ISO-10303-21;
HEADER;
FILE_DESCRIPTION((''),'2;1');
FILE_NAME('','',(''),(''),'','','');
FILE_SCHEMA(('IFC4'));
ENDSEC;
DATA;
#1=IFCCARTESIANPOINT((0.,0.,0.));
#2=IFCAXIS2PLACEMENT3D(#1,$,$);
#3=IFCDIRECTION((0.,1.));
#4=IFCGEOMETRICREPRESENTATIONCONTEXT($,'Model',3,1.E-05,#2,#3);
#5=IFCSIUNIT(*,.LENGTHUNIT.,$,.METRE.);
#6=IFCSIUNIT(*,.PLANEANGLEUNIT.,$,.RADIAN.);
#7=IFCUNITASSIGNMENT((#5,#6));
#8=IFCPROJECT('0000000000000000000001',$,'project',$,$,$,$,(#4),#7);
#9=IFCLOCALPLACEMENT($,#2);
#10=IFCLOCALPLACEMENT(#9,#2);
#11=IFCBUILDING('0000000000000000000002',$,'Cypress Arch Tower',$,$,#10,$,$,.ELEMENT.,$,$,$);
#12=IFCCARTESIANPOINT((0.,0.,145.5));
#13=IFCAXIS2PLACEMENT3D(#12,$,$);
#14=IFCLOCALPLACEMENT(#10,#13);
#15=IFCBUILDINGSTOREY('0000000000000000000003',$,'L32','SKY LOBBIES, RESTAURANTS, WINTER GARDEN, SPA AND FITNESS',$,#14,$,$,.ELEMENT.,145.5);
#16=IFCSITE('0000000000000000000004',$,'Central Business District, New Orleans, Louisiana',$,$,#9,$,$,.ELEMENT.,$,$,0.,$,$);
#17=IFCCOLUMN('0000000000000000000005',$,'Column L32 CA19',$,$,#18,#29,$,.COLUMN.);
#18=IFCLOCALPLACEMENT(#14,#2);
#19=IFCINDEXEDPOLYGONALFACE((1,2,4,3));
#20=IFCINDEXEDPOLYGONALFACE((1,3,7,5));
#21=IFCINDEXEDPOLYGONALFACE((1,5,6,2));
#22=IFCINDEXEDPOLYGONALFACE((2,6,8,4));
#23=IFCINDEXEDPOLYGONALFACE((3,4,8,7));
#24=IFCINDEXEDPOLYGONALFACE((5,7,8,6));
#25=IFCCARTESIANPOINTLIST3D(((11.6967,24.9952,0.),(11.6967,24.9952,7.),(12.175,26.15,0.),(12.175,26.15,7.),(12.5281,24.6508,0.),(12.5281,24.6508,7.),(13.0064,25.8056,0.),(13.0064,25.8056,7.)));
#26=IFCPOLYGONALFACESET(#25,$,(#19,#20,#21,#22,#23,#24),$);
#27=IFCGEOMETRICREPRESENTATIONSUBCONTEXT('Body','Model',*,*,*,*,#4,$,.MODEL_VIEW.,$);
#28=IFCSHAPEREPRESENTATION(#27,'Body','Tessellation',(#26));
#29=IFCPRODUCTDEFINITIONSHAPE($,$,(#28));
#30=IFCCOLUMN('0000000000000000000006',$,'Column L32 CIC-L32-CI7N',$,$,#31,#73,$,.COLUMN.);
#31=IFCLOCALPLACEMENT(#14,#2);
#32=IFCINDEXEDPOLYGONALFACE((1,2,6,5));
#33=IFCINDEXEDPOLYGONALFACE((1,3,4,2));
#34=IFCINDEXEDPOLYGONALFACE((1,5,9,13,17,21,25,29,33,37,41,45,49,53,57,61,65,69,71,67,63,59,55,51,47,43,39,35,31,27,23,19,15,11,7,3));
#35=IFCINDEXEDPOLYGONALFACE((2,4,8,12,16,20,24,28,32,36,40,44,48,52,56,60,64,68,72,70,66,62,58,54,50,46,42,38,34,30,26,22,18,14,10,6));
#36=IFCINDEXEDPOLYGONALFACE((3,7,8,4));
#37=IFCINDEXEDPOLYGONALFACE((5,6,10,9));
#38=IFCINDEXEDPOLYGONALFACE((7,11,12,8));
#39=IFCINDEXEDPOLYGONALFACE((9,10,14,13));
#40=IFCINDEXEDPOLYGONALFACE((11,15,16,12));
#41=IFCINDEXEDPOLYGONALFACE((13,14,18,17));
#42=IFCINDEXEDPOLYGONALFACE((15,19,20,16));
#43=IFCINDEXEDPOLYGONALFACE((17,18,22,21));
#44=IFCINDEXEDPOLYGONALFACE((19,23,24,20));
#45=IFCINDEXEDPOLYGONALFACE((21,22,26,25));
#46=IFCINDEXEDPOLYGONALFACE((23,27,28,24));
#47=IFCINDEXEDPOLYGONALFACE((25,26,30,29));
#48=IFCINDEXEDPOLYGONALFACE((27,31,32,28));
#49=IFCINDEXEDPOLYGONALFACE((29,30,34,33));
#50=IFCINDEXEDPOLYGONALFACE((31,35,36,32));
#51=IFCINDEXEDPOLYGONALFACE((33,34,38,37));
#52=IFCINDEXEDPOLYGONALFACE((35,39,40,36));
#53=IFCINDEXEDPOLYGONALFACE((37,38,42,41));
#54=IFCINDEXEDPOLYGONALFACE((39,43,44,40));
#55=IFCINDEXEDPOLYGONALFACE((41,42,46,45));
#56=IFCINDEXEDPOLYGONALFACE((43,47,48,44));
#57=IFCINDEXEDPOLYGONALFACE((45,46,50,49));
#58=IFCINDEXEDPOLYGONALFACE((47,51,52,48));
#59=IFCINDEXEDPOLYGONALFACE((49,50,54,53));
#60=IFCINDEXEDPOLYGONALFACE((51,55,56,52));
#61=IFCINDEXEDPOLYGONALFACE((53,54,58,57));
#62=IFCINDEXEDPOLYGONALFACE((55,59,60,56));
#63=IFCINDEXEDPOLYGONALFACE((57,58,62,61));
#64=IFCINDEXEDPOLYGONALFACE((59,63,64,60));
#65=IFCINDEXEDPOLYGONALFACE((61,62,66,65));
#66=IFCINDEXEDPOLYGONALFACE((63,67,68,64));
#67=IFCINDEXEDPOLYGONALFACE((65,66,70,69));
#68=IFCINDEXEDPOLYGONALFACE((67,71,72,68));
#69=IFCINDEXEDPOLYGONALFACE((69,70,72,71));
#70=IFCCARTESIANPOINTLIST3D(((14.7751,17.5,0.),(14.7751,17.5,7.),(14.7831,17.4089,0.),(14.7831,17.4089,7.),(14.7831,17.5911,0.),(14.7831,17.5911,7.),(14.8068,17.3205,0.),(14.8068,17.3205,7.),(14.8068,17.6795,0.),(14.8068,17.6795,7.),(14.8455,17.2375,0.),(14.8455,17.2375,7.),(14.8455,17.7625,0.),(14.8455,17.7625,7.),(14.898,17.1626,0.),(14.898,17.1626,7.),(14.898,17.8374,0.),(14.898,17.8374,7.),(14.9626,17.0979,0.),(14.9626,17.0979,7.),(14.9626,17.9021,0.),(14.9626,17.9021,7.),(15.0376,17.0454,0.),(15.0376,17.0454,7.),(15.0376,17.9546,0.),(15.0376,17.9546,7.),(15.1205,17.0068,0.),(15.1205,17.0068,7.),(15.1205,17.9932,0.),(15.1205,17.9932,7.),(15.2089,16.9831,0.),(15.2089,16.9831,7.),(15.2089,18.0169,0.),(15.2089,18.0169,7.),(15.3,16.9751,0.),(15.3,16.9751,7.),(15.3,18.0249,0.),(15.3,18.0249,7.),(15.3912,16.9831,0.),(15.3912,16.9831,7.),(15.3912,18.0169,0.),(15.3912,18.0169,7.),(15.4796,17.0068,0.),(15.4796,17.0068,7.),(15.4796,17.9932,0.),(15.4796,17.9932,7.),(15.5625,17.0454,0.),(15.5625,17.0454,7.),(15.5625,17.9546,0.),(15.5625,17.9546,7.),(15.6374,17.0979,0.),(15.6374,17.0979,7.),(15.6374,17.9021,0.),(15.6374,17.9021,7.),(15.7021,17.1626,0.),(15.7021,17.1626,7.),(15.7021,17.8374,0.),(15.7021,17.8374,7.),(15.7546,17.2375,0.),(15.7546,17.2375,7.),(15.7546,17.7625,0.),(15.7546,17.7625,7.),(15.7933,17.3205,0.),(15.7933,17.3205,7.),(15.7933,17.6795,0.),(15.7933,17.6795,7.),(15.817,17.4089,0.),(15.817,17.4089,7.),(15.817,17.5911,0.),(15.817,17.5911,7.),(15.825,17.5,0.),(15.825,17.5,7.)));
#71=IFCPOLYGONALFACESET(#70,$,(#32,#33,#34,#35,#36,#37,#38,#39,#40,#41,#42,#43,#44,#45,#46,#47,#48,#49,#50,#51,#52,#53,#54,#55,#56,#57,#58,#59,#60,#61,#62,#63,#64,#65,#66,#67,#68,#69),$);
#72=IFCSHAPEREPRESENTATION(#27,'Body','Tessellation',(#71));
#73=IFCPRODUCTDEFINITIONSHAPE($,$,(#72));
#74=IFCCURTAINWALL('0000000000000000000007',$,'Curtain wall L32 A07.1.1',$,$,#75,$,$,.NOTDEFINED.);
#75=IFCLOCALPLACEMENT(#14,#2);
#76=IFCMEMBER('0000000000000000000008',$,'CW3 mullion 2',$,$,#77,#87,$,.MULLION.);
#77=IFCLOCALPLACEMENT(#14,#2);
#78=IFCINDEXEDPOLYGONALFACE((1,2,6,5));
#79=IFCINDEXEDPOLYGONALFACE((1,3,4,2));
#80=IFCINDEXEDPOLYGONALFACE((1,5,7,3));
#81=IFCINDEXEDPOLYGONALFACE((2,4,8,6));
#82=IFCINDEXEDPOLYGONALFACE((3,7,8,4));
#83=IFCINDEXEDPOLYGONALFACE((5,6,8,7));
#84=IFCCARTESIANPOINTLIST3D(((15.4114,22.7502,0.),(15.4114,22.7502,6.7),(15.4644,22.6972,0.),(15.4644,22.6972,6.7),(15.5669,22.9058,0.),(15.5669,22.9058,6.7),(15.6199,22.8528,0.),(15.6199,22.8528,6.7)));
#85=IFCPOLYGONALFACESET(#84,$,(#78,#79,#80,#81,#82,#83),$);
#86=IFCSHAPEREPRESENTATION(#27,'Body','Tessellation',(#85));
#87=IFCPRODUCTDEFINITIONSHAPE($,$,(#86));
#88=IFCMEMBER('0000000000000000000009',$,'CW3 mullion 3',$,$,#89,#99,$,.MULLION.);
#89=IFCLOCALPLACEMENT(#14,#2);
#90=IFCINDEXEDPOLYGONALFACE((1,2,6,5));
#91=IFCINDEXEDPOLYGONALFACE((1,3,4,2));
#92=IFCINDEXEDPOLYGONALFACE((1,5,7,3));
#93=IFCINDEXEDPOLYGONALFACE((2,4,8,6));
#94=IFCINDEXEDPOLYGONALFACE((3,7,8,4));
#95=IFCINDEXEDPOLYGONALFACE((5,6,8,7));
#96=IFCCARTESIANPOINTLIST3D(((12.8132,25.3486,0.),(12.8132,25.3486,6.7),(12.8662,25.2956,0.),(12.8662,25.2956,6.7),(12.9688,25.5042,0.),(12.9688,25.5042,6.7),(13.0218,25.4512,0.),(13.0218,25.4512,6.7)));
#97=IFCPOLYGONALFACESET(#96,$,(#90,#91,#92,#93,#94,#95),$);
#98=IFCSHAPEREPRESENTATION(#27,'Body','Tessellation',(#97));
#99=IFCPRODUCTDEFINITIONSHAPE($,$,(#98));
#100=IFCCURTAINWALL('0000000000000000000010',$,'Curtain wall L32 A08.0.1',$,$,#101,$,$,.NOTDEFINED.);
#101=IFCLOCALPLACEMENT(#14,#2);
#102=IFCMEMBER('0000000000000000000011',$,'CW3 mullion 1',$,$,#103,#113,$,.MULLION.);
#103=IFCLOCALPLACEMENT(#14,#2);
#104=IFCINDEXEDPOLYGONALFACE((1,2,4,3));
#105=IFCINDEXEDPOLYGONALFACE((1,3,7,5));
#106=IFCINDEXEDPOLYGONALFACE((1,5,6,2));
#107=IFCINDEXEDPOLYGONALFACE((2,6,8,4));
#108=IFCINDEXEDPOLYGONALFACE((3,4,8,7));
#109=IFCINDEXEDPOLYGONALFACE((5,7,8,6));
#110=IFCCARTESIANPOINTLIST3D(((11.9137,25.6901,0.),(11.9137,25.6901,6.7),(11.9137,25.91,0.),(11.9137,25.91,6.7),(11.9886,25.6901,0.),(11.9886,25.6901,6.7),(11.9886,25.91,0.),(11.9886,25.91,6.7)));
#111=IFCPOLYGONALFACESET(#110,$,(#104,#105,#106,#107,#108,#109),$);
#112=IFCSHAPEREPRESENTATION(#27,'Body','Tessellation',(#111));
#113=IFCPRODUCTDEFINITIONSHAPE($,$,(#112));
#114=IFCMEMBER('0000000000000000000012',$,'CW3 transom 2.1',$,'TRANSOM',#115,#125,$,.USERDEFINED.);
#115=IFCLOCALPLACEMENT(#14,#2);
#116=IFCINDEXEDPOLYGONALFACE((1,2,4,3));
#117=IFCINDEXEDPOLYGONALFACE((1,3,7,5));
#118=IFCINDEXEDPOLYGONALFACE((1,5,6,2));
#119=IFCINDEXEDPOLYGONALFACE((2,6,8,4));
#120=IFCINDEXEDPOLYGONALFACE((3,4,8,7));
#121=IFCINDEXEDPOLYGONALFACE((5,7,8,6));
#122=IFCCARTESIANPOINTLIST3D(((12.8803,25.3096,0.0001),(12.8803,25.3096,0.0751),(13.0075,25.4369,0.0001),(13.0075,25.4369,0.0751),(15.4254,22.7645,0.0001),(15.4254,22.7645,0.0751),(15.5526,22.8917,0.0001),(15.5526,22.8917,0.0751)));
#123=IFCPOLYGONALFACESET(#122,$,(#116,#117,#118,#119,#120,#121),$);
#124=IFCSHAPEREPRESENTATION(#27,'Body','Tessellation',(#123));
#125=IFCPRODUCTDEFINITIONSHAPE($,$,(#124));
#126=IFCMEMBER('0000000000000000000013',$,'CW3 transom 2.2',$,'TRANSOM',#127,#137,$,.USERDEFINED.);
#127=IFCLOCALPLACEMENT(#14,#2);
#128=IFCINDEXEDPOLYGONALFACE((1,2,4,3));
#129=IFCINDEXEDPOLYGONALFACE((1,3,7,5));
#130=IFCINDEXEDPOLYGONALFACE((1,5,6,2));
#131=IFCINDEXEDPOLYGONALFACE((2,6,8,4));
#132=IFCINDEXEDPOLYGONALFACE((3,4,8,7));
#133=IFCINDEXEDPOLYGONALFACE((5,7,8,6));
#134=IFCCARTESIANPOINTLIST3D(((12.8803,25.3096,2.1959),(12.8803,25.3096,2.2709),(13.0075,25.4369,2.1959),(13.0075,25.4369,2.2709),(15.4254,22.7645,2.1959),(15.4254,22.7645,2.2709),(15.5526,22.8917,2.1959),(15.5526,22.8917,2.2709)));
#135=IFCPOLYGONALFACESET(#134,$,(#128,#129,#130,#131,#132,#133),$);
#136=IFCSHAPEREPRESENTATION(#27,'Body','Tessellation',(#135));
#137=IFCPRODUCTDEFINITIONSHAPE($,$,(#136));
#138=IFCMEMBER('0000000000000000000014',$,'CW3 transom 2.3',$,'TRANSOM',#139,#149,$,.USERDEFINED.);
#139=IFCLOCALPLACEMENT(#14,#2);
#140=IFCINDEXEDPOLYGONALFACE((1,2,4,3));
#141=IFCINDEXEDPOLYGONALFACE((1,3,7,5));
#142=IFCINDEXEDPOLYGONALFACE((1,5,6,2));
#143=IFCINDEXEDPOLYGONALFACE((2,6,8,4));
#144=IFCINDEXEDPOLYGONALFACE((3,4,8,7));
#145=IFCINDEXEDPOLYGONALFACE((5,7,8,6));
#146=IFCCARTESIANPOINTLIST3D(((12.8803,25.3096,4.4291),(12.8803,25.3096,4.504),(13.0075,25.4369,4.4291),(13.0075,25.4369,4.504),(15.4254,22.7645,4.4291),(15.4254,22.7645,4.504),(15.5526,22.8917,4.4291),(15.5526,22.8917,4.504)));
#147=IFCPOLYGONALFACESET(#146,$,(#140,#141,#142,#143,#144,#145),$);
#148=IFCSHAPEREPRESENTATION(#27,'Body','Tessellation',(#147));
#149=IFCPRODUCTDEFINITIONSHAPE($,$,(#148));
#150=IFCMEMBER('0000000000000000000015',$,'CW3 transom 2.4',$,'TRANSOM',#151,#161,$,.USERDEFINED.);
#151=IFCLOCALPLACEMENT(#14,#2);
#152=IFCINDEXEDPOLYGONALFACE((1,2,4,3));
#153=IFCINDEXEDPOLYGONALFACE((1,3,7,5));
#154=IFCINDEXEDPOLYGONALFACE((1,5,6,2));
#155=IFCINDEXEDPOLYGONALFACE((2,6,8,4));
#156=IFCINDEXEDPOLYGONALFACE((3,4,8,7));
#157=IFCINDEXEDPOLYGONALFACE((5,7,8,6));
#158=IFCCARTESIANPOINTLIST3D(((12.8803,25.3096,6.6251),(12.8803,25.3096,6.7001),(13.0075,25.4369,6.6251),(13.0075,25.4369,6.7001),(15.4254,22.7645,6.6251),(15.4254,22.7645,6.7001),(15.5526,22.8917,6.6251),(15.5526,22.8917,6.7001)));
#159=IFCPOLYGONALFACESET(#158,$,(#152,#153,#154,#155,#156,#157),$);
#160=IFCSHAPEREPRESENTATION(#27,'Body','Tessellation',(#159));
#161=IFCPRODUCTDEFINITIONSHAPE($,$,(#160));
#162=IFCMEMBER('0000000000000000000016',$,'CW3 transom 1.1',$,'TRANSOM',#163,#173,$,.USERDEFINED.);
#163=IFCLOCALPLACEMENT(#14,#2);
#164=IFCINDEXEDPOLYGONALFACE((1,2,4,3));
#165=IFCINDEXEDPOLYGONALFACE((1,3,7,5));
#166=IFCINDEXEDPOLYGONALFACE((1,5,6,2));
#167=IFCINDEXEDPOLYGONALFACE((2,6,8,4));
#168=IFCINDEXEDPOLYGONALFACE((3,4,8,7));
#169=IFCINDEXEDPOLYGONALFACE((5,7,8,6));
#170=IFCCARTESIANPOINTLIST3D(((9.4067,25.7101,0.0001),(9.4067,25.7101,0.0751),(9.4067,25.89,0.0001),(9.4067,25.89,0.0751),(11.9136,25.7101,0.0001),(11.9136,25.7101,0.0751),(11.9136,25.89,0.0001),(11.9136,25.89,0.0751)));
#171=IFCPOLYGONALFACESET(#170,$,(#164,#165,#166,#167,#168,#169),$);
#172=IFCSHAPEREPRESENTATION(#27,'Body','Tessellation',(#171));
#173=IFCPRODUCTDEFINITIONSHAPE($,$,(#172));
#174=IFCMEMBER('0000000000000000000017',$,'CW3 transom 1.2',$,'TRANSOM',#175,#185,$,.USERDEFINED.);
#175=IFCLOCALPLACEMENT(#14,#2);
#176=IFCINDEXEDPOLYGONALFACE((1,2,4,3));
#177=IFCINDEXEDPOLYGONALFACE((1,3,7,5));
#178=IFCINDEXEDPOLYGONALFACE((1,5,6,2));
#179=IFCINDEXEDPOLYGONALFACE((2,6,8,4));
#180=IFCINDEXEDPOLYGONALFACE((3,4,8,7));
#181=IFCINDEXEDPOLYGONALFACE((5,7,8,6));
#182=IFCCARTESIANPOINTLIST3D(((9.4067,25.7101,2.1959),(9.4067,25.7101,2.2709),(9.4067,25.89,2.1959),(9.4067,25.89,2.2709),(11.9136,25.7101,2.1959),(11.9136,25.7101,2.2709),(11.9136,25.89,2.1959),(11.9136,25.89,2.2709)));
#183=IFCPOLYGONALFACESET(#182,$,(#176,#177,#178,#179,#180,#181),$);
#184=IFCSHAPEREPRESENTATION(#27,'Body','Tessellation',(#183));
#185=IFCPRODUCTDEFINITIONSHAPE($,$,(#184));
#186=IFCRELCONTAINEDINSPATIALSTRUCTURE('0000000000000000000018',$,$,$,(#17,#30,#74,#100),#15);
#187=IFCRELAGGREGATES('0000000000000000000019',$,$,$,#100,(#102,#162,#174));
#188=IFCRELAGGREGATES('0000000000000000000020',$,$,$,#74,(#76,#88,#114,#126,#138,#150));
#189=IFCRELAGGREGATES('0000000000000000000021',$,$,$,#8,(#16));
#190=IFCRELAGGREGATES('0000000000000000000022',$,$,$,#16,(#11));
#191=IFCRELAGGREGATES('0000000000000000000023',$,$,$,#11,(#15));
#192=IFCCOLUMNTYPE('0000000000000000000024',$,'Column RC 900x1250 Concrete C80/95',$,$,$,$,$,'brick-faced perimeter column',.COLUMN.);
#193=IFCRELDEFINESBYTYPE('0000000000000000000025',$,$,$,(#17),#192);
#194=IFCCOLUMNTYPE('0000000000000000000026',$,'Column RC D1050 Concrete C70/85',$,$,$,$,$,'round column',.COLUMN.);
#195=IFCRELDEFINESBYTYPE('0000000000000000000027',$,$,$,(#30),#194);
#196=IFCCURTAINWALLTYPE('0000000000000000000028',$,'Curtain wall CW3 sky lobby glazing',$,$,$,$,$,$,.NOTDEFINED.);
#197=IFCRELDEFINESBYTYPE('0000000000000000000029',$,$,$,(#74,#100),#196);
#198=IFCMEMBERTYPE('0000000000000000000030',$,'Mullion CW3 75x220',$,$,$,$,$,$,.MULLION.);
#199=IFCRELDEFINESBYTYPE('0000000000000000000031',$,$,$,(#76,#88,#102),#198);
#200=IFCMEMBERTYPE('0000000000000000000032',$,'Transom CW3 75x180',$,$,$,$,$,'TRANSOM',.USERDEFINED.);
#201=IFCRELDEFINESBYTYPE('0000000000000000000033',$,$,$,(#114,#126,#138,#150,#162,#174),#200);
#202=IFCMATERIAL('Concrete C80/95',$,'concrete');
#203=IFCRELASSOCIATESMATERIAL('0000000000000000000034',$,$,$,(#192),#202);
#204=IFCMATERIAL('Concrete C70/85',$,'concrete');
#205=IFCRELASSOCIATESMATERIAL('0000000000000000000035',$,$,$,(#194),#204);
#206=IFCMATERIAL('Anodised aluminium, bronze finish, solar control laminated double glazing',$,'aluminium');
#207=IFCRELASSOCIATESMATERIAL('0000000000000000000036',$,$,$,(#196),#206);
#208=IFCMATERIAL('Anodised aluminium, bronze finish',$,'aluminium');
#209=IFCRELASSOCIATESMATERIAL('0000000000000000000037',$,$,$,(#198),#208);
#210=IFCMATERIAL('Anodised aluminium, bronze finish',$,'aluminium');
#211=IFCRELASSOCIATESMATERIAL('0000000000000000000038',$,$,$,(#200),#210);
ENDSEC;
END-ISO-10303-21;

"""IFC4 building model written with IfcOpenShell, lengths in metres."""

from ifc_helpers import new_model, si_unit, direction, frame, origin, origin_2d, place, context, subcontext, project, spatial, rectangle, circle, extrude, material, material_profile, profile_set, type_object, element, aggregate, save


model = new_model("IFC4")

# Units and contexts
model_context = context("Model", 3, precision=1e-05, world=origin(), true_north=direction((0.0, 1.0)))
body_context = subcontext(model_context, "Body", "Model", "MODEL_VIEW")
ifc_project = project(units=[si_unit("LENGTHUNIT", "METRE"), si_unit("PLANEANGLEUNIT", "RADIAN")], contexts=[model_context])

# Site, building, storey
site_placement = place(None, origin())
site = spatial("IfcSite", under=ifc_project, at=site_placement, Name="Central Business District, New Orleans, Louisiana", CompositionType="ELEMENT", RefElevation=0.0)
building_placement = place(site_placement, origin())
building = spatial("IfcBuilding", under=site, at=building_placement, Name="Cypress Arch Tower", CompositionType="ELEMENT")
storey_placement = place(building_placement, frame((0.0, 0.0, 145.5)))
storey = spatial("IfcBuildingStorey", under=building, at=storey_placement, Name="L32", Description="SKY LOBBIES, RESTAURANTS, WINTER GARDEN, SPA AND FITNESS", CompositionType="ELEMENT", Elevation=145.5)

# Columns
ifc_material_1 = material(Name="Concrete C80/95", Category="concrete")
ifc_material_profile_1 = material_profile(ifc_material_1, rectangle(XDim=0.8999, YDim=1.25, at=origin_2d()), Name="RC 900x1250")
ifc_profile_set_1 = profile_set([ifc_material_profile_1], Name="Concrete C80/95")
column_type_1 = type_object("IfcColumnType", Name="Column RC 900x1250 Concrete C80/95", ElementType="brick-faced perimeter column", PredefinedType="COLUMN", material=ifc_profile_set_1)
column_1_placement = place(storey_placement, frame((12.3516, 25.4004, 0.0), z_axis=(0.0, 0.0, 1.0), x_axis=(-0.92388, 0.382683, 0.0)))
element("IfcColumn", 1, at=column_1_placement, inside=storey, type_object=column_type_1, Name="Column L32 CA19", PredefinedType="COLUMN", context=body_context, shape_type="SweptSolid", body=[
    extrude(rectangle(XDim=0.8999, YDim=1.25, at=origin_2d()), origin(), (0.0, 0.0, 1.0), 7.0),
])
ifc_material_2 = material(Name="Concrete C70/85", Category="concrete")
ifc_material_profile_2 = material_profile(ifc_material_2, circle(Radius=0.5249, at=origin_2d()), Name="RC D1050")
ifc_profile_set_2 = profile_set([ifc_material_profile_2], Name="Concrete C70/85")
column_type_2 = type_object("IfcColumnType", Name="Column RC D1050 Concrete C70/85", ElementType="round column", PredefinedType="COLUMN", material=ifc_profile_set_2)
column_2_placement = place(storey_placement, frame((15.3, 17.5, 0.0), z_axis=(0.0, 0.0, 1.0), x_axis=(1.0, 0.0, 0.0)))
element("IfcColumn", 2, at=column_2_placement, inside=storey, type_object=column_type_2, Name="Column L32 CIC-L32-CI7N", PredefinedType="COLUMN", context=body_context, shape_type="SweptSolid", body=[
    extrude(circle(Radius=0.5249, at=origin_2d()), origin(), (0.0, 0.0, 1.0), 7.0),
])

# Curtain wall, members
ifc_material_3 = material(Name="Anodised aluminium, bronze finish, solar control laminated double glazing", Category="aluminium")
curtain_wall_type = type_object("IfcCurtainWallType", Name="Curtain wall CW3 sky lobby glazing", PredefinedType="NOTDEFINED", material=ifc_material_3)
curtain_wall_1_placement = place(storey_placement, origin())
curtain_wall_1 = element("IfcCurtainWall", 3, at=curtain_wall_1_placement, inside=storey, type_object=curtain_wall_type, Name="Curtain wall L32 A07.1.1", PredefinedType="NOTDEFINED")
ifc_material_4 = material(Name="Anodised aluminium, bronze finish", Category="aluminium")
ifc_material_profile_3 = material_profile(ifc_material_4, rectangle(XDim=0.22, YDim=0.075, at=origin_2d()), Name="Mullion 75x220")
ifc_profile_set_3 = profile_set([ifc_material_profile_3], Name="Anodised aluminium, bronze finish")
member_type_1 = type_object("IfcMemberType", Name="Mullion CW3 75x220", PredefinedType="MULLION", material=ifc_profile_set_3)
member_1_placement = place(storey_placement, frame((15.5156, 22.8015, 0.0), z_axis=(0.0, 0.0, 1.0), x_axis=(-0.707107, -0.707107, 0.0)))
member_1 = element("IfcMember", 4, at=member_1_placement, type_object=member_type_1, Name="CW3 mullion 2", PredefinedType="MULLION", context=body_context, shape_type="SweptSolid", body=[
    extrude(rectangle(XDim=0.22, YDim=0.075, at=origin_2d()), origin(), (0.0, 0.0, 1.0), 6.7),
])
member_2_placement = place(storey_placement, frame((12.9175, 25.3999, 0.0), z_axis=(0.0, 0.0, 1.0), x_axis=(-0.707107, -0.707107, 0.0)))
member_2 = element("IfcMember", 5, at=member_2_placement, type_object=member_type_1, Name="CW3 mullion 3", PredefinedType="MULLION", context=body_context, shape_type="SweptSolid", body=[
    extrude(rectangle(XDim=0.22, YDim=0.075, at=origin_2d()), origin(), (0.0, 0.0, 1.0), 6.7),
])

# Curtain wall, member
curtain_wall_2_placement = place(storey_placement, origin())
curtain_wall_2 = element("IfcCurtainWall", 6, at=curtain_wall_2_placement, inside=storey, type_object=curtain_wall_type, Name="Curtain wall L32 A08.0.1", PredefinedType="NOTDEFINED")
member_3_placement = place(storey_placement, frame((11.9512, 25.8, 0.0), z_axis=(0.0, 0.0, 1.0), x_axis=(0.0, -1.0, 0.0)))
member_3 = element("IfcMember", 7, at=member_3_placement, type_object=member_type_1, Name="CW3 mullion 1", PredefinedType="MULLION", context=body_context, shape_type="SweptSolid", body=[
    extrude(rectangle(XDim=0.22, YDim=0.075, at=origin_2d()), origin(), (0.0, 0.0, 1.0), 6.7),
])

# Members
ifc_material_5 = material(Name="Anodised aluminium, bronze finish", Category="aluminium")
ifc_material_profile_4 = material_profile(ifc_material_5, rectangle(XDim=0.1799, YDim=0.075, at=origin_2d()), Name="Transom 75x180")
ifc_profile_set_4 = profile_set([ifc_material_profile_4], Name="Anodised aluminium, bronze finish")
member_type_2 = type_object("IfcMemberType", Name="Transom CW3 75x180", ElementType="TRANSOM", PredefinedType="USERDEFINED", material=ifc_profile_set_4)
member_4_placement = place(storey_placement, frame((15.489, 22.8281, 0.0376), z_axis=(-0.707107, 0.707107, 0.0), x_axis=(-0.707107, -0.707107, 0.0)))
member_4 = element("IfcMember", 8, at=member_4_placement, type_object=member_type_2, Name="CW3 transom 2.1", ObjectType="TRANSOM", PredefinedType="USERDEFINED", context=body_context, shape_type="SweptSolid", body=[
    extrude(rectangle(XDim=0.1799, YDim=0.075, at=origin_2d()), origin(), (0.0, 0.0, 1.0), 3.5994),
])
member_5_placement = place(storey_placement, frame((15.489, 22.8281, 2.2334), z_axis=(-0.707107, 0.707107, 0.0), x_axis=(-0.707107, -0.707107, 0.0)))
member_5 = element("IfcMember", 9, at=member_5_placement, type_object=member_type_2, Name="CW3 transom 2.2", ObjectType="TRANSOM", PredefinedType="USERDEFINED", context=body_context, shape_type="SweptSolid", body=[
    extrude(rectangle(XDim=0.1799, YDim=0.075, at=origin_2d()), origin(), (0.0, 0.0, 1.0), 3.5994),
])
member_6_placement = place(storey_placement, frame((15.489, 22.8281, 4.4666), z_axis=(-0.707107, 0.707107, 0.0), x_axis=(-0.707107, -0.707107, 0.0)))
member_6 = element("IfcMember", 10, at=member_6_placement, type_object=member_type_2, Name="CW3 transom 2.3", ObjectType="TRANSOM", PredefinedType="USERDEFINED", context=body_context, shape_type="SweptSolid", body=[
    extrude(rectangle(XDim=0.1799, YDim=0.075, at=origin_2d()), origin(), (0.0, 0.0, 1.0), 3.5994),
])
member_7_placement = place(storey_placement, frame((15.489, 22.8281, 6.6626), z_axis=(-0.707107, 0.707107, 0.0), x_axis=(-0.707107, -0.707107, 0.0)))
member_7 = element("IfcMember", 11, at=member_7_placement, type_object=member_type_2, Name="CW3 transom 2.4", ObjectType="TRANSOM", PredefinedType="USERDEFINED", context=body_context, shape_type="SweptSolid", body=[
    extrude(rectangle(XDim=0.1799, YDim=0.075, at=origin_2d()), origin(), (0.0, 0.0, 1.0), 3.5994),
])
member_8_placement = place(storey_placement, frame((11.9136, 25.8, 0.0376), z_axis=(-1.0, 0.0, 0.0), x_axis=(0.0, -1.0, 0.0)))
member_8 = element("IfcMember", 12, at=member_8_placement, type_object=member_type_2, Name="CW3 transom 1.1", ObjectType="TRANSOM", PredefinedType="USERDEFINED", context=body_context, shape_type="SweptSolid", body=[
    extrude(rectangle(XDim=0.1799, YDim=0.075, at=origin_2d()), origin(), (0.0, 0.0, 1.0), 2.5068),
])
member_9_placement = place(storey_placement, frame((11.9136, 25.8, 2.2334), z_axis=(-1.0, 0.0, 0.0), x_axis=(0.0, -1.0, 0.0)))
member_9 = element("IfcMember", 13, at=member_9_placement, type_object=member_type_2, Name="CW3 transom 1.2", ObjectType="TRANSOM", PredefinedType="USERDEFINED", context=body_context, shape_type="SweptSolid", body=[
    extrude(rectangle(XDim=0.1799, YDim=0.075, at=origin_2d()), origin(), (0.0, 0.0, 1.0), 2.5068),
])
aggregate(curtain_wall_2, [member_3, member_8, member_9])

aggregate(curtain_wall_1, [member_1, member_2, member_4, member_5, member_6, member_7])

save(model, "model.ifc")
